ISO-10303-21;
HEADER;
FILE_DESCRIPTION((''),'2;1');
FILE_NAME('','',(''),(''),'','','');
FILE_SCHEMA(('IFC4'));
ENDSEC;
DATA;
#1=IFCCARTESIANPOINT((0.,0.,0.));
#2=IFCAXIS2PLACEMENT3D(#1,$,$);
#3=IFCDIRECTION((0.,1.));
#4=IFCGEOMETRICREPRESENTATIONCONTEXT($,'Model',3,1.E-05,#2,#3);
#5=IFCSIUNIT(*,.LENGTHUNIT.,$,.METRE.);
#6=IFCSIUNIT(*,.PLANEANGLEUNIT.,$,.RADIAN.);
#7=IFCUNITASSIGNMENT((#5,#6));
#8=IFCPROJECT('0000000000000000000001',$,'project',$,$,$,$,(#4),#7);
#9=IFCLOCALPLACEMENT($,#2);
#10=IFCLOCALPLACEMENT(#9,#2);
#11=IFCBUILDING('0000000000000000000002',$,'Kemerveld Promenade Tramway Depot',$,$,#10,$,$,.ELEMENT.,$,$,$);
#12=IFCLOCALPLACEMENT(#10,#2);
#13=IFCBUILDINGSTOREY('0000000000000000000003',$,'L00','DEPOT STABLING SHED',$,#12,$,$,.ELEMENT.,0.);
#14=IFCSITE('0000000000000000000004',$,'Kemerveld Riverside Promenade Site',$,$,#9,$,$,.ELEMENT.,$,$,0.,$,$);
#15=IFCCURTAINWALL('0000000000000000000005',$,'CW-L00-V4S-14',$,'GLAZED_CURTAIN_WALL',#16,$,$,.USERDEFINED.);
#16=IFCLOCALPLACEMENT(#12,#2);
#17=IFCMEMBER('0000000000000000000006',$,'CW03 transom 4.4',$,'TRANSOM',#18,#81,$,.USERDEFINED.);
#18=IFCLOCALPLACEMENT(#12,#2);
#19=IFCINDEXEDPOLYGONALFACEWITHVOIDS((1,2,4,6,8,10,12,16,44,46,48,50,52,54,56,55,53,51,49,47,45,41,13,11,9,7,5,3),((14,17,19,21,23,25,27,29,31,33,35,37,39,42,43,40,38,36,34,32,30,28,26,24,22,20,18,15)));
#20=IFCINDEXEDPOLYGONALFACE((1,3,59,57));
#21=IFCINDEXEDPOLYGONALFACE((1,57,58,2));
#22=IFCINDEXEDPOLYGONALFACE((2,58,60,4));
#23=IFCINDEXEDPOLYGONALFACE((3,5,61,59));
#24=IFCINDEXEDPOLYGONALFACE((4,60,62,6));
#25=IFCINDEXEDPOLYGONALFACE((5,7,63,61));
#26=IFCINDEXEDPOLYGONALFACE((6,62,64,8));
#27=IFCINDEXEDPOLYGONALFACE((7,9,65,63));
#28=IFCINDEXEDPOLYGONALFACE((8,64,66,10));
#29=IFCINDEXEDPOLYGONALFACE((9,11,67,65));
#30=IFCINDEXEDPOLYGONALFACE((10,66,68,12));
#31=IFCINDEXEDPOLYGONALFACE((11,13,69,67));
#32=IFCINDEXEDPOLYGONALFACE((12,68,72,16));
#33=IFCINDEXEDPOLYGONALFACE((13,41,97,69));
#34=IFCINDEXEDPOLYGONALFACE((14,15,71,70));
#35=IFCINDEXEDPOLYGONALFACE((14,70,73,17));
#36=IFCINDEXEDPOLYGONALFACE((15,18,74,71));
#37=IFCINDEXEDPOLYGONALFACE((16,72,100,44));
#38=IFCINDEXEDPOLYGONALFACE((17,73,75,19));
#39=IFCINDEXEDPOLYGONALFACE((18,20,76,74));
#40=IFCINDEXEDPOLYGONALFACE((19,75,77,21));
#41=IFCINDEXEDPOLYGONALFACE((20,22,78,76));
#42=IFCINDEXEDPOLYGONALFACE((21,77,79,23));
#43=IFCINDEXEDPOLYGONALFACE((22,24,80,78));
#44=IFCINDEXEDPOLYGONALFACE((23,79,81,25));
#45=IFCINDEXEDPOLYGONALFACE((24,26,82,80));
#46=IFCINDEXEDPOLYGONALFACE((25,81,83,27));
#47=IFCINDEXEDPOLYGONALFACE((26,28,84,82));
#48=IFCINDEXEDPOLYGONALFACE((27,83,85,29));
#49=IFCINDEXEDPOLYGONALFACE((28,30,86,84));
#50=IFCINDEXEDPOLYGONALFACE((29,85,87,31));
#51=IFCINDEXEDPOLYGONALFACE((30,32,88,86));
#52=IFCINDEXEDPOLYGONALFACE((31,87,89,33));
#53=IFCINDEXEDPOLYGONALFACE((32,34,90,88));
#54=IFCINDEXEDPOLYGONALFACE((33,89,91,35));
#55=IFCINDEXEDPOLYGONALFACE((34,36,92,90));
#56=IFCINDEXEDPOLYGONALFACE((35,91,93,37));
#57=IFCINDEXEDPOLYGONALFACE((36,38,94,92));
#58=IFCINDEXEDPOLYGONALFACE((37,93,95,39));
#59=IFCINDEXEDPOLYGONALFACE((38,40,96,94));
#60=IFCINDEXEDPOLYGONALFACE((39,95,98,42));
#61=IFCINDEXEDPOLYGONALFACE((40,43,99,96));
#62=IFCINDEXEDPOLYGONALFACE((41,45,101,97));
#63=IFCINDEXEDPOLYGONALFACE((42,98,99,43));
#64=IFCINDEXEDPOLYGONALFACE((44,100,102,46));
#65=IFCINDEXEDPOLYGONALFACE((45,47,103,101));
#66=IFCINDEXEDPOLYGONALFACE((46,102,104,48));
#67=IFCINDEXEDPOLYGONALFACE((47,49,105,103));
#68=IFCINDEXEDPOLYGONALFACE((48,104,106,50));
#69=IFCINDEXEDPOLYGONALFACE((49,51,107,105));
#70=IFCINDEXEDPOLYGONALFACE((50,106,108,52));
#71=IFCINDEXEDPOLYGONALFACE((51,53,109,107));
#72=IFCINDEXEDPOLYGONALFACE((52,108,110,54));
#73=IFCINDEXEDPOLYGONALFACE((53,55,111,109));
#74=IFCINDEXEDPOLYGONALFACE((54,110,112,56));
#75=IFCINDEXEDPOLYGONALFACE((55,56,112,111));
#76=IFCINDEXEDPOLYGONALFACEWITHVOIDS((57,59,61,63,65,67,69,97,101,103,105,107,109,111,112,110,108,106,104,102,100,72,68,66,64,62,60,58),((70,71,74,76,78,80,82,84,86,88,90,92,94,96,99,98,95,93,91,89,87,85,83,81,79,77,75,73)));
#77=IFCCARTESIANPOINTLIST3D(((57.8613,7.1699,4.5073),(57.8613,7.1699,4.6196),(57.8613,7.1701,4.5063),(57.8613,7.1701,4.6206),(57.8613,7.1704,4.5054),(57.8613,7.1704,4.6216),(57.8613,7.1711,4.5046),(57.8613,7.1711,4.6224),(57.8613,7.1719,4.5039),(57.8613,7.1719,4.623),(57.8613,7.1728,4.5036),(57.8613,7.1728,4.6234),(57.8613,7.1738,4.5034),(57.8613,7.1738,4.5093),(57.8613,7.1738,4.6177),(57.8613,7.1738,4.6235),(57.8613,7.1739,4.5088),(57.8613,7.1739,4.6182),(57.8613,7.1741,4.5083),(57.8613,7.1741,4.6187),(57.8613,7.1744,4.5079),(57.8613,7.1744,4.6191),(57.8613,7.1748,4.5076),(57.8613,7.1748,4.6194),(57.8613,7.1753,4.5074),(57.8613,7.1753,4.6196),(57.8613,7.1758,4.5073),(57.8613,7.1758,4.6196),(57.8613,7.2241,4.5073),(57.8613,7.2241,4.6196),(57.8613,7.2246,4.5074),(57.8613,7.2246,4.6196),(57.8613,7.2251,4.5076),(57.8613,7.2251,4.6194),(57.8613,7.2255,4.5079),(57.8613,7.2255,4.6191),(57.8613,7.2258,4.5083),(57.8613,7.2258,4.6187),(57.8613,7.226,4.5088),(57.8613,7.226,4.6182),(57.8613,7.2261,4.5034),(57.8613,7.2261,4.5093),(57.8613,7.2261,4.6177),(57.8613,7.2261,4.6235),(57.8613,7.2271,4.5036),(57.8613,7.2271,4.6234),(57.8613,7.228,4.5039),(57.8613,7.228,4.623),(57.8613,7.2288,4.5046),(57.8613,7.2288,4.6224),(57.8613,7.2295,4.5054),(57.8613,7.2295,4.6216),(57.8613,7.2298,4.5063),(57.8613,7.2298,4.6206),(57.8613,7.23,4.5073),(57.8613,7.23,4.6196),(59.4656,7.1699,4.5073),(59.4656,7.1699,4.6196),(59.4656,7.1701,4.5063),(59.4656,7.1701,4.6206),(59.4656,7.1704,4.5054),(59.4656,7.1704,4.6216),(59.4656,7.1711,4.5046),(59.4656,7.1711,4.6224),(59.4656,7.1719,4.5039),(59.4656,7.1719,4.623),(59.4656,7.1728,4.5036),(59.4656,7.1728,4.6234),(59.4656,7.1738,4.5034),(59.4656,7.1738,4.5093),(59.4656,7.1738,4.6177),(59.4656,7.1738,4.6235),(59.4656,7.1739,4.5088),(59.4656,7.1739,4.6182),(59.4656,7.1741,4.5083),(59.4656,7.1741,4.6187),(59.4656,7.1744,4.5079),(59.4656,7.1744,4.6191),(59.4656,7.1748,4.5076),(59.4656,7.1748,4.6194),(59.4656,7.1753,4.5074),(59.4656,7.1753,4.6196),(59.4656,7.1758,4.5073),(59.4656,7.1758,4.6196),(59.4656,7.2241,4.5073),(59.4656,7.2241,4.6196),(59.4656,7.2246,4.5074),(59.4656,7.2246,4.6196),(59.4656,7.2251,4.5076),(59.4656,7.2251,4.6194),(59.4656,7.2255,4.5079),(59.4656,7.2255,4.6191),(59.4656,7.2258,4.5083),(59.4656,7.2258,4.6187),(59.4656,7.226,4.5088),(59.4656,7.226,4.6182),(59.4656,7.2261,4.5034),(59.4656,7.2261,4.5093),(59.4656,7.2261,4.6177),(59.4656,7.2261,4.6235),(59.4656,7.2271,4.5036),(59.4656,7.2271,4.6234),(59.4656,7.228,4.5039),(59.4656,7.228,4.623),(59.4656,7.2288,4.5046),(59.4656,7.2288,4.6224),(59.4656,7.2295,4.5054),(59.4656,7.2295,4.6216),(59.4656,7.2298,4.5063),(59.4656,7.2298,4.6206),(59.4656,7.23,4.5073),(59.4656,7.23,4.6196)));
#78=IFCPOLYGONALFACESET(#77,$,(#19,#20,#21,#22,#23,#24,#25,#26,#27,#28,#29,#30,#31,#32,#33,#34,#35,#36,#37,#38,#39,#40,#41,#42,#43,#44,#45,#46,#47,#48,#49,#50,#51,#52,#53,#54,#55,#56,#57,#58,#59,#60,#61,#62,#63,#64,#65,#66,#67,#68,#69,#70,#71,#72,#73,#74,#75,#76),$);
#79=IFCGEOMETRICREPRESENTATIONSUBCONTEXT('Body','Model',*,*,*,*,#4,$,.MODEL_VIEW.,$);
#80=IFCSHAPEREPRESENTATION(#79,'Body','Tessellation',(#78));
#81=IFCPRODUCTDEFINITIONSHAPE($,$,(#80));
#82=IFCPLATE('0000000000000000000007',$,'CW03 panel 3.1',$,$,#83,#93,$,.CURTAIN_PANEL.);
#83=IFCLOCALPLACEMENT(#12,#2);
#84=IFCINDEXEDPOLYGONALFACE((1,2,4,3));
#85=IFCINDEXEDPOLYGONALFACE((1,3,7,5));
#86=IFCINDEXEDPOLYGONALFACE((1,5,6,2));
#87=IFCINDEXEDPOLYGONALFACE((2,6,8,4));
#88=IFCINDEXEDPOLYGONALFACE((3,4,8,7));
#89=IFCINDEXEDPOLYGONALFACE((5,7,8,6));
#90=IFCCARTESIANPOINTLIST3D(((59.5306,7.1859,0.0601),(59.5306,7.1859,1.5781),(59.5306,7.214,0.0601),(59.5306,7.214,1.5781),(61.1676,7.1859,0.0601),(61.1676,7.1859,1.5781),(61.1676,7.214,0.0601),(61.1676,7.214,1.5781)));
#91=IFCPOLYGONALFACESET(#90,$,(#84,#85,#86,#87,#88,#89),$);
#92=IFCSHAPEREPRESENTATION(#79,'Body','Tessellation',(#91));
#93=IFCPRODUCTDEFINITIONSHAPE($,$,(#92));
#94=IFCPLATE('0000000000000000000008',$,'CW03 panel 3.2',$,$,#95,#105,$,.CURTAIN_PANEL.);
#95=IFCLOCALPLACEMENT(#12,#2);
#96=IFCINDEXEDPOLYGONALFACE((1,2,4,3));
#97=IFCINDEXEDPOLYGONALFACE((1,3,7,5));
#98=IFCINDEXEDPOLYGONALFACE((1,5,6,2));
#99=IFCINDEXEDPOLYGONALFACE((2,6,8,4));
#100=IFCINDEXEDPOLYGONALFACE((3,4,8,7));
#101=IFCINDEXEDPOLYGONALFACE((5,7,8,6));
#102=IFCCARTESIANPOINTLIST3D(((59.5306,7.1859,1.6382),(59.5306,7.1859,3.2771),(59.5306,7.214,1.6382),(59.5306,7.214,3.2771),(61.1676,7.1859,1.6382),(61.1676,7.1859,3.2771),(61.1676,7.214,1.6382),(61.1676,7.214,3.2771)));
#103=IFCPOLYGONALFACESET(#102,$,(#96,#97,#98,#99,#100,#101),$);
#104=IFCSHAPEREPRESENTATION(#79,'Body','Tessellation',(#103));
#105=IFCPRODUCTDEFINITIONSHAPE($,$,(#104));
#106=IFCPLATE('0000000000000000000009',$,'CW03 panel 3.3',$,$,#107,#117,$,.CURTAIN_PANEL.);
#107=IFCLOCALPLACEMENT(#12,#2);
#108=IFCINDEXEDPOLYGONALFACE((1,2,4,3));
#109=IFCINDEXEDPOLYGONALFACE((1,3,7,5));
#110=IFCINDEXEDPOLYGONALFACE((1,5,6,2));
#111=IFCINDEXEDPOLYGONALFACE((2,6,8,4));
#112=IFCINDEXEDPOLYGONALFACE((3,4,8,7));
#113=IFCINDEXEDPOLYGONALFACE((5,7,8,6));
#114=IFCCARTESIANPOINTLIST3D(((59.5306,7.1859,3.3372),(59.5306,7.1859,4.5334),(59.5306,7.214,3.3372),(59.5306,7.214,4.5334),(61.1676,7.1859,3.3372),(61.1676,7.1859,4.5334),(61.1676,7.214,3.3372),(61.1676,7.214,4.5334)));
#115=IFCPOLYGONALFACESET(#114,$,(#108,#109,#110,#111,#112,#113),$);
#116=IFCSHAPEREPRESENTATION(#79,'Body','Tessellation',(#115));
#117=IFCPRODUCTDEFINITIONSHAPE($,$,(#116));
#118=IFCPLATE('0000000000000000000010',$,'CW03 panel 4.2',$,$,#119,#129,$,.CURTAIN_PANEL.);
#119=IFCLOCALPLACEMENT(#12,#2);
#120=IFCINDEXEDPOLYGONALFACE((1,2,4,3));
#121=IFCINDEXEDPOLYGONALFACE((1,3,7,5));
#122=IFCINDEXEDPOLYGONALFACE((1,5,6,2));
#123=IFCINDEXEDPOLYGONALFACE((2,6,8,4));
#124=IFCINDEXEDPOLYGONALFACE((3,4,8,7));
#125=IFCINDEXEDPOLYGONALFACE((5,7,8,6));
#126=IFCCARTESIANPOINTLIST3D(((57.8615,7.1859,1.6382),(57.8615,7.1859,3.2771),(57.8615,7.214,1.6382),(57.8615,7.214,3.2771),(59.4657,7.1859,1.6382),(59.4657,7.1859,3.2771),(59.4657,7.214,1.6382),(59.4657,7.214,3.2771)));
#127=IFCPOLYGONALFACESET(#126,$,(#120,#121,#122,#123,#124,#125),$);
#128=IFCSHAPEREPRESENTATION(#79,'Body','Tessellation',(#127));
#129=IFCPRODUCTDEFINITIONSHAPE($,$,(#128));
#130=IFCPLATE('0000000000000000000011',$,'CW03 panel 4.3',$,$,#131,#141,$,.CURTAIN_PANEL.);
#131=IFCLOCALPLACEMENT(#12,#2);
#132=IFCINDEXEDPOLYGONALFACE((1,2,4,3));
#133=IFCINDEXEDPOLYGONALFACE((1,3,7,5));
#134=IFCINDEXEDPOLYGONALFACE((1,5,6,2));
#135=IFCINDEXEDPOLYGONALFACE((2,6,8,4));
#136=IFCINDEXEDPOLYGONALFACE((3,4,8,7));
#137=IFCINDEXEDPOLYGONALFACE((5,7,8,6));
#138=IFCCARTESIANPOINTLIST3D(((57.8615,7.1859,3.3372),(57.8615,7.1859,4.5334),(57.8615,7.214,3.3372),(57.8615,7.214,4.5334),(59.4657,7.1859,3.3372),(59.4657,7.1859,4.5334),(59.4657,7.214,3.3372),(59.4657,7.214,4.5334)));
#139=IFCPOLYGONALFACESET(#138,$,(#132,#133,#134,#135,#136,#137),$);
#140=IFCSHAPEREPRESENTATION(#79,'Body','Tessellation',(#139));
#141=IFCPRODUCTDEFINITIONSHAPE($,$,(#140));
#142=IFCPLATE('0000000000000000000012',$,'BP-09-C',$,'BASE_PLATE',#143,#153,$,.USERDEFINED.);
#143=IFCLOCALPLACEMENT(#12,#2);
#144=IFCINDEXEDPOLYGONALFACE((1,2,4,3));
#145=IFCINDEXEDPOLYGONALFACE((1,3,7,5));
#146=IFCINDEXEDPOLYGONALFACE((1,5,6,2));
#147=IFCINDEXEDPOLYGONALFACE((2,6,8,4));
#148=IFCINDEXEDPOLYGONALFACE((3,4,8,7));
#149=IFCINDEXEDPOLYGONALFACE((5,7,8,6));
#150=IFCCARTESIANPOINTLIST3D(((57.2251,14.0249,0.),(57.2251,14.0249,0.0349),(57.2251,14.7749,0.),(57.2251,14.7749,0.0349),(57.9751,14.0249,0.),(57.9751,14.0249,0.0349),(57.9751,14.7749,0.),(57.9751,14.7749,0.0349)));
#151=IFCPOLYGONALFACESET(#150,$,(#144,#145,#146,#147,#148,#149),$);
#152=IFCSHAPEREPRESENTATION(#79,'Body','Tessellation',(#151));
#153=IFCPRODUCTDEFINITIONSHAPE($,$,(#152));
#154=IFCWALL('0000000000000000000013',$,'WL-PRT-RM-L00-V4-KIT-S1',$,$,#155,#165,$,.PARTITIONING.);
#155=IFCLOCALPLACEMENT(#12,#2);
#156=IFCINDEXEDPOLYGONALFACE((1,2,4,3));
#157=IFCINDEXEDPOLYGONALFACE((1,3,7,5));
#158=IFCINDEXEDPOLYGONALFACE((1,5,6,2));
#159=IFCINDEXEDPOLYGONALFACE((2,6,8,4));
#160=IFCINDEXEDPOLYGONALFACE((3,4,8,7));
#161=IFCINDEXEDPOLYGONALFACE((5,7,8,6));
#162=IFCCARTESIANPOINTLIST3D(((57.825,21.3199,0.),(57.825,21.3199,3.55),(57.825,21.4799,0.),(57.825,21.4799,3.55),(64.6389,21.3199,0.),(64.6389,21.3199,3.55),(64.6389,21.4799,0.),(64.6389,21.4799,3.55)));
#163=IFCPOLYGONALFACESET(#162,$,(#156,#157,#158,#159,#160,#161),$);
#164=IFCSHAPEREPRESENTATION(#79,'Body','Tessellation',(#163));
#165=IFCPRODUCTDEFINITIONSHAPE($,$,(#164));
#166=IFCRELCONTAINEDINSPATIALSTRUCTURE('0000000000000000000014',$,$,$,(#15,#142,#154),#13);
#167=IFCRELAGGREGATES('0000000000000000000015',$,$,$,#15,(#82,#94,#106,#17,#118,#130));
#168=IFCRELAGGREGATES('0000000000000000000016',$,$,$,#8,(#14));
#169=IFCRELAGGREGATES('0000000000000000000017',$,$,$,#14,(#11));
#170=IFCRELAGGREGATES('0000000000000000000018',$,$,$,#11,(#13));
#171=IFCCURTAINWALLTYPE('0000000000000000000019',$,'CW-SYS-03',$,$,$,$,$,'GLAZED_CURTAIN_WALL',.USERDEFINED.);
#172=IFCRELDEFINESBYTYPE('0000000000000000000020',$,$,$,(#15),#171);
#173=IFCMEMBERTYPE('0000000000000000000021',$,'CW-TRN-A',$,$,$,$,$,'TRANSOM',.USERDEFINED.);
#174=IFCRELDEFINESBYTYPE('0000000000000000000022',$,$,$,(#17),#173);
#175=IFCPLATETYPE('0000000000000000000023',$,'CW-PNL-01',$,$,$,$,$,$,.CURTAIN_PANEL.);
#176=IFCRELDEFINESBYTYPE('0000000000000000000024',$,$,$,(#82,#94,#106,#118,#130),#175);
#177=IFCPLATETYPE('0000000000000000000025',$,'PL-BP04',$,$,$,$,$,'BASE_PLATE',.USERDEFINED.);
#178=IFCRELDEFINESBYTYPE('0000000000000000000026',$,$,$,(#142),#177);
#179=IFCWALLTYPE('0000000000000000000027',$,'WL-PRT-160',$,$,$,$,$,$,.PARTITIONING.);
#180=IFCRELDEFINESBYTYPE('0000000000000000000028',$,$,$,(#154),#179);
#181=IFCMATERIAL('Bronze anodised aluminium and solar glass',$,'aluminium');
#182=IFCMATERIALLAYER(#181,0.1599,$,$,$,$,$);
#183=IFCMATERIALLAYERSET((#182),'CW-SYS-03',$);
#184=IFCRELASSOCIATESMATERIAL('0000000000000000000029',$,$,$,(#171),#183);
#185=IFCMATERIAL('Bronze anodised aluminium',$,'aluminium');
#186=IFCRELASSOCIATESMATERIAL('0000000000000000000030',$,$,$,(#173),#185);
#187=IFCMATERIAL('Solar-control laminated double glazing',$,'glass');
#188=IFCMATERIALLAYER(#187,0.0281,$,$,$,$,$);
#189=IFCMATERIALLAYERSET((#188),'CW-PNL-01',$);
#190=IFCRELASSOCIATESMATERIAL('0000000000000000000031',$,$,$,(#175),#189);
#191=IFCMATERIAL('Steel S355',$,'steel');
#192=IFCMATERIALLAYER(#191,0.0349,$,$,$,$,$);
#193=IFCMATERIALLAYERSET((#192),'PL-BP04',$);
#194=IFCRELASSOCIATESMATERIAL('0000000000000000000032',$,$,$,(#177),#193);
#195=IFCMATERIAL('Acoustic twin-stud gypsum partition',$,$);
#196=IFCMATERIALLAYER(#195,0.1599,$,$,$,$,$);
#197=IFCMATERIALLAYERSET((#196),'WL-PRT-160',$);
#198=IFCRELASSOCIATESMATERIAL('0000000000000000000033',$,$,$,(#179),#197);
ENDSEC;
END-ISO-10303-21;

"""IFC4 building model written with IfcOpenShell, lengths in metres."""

from ifc_helpers import new_model, si_unit, direction, frame, frame_2d, origin, origin_2d, place, context, subcontext, project, spatial, rectangle, hollow_rectangle, extrude, material, layer, layer_set, material_profile, profile_set, type_object, element, aggregate, save


model = new_model("IFC4")

# Units and contexts
model_context = context("Model", 3, precision=1e-05, world=origin(), true_north=direction((0.0, 1.0)))
body_context = subcontext(model_context, "Body", "Model", "MODEL_VIEW")
ifc_project = project(units=[si_unit("LENGTHUNIT", "METRE"), si_unit("PLANEANGLEUNIT", "RADIAN")], contexts=[model_context])

# Site, building, storey
site_placement = place(None, origin())
site = spatial("IfcSite", under=ifc_project, at=site_placement, Name="Kemerveld Riverside Promenade Site", CompositionType="ELEMENT", RefElevation=0.0)
building_placement = place(site_placement, origin())
building = spatial("IfcBuilding", under=site, at=building_placement, Name="Kemerveld Promenade Tramway Depot", CompositionType="ELEMENT")
storey_placement = place(building_placement, origin())
storey = spatial("IfcBuildingStorey", under=building, at=storey_placement, Name="L00", Description="DEPOT STABLING SHED", CompositionType="ELEMENT", Elevation=0.0)

# Shared definitions
ifc_material_1 = material(Name="Steel S355", Category="steel")

# Curtain wall, member, plates
ifc_material_2 = material(Name="Bronze anodised aluminium and solar glass", Category="aluminium")
ifc_layer_1 = layer(ifc_material_2, 0.1599)
ifc_layer_set_1 = layer_set([ifc_layer_1], Name="CW-SYS-03")
curtain_wall_type = type_object("IfcCurtainWallType", Name="CW-SYS-03", ElementType="GLAZED_CURTAIN_WALL", PredefinedType="USERDEFINED", material=ifc_layer_set_1)
curtain_wall_placement = place(storey_placement, origin())
curtain_wall = element("IfcCurtainWall", 1, at=curtain_wall_placement, inside=storey, type_object=curtain_wall_type, Name="CW-L00-V4S-14", ObjectType="GLAZED_CURTAIN_WALL", PredefinedType="USERDEFINED")
ifc_material_3 = material(Name="Bronze anodised aluminium", Category="aluminium")
ifc_material_profile_1 = material_profile(ifc_material_3, hollow_rectangle(XDim=0.0601, YDim=0.1201, WallThickness=0.0039, InnerFilletRadius=0.002, OuterFilletRadius=0.0039, at=origin_2d()), Name="CW-TRN-120x60")
ifc_profile_set_1 = profile_set([ifc_material_profile_1], Name="Bronze anodised aluminium")
member_type_1 = type_object("IfcMemberType", Name="CW-TRN-A", ElementType="TRANSOM", PredefinedType="USERDEFINED", material=ifc_profile_set_1)
member_1_placement = place(storey_placement, frame((59.4656, 7.2, 4.5635), z_axis=(-1.0, 0.0, 0.0), x_axis=(0.0, -1.0, 0.0)))
member_1 = element("IfcMember", 2, at=member_1_placement, type_object=member_type_1, Name="CW03 transom 4.4", ObjectType="TRANSOM", PredefinedType="USERDEFINED", context=body_context, shape_type="SweptSolid", body=[
    extrude(hollow_rectangle(XDim=0.0601, YDim=0.1201, WallThickness=0.0039, InnerFilletRadius=0.002, OuterFilletRadius=0.0039, at=origin_2d()), origin(), (0.0, 0.0, 1.0), 1.6042),
])
ifc_material_4 = material(Name="Solar-control laminated double glazing", Category="glass")
ifc_layer_2 = layer(ifc_material_4, 0.0281)
ifc_layer_set_2 = layer_set([ifc_layer_2], Name="CW-PNL-01")
plate_type_1 = type_object("IfcPlateType", Name="CW-PNL-01", PredefinedType="CURTAIN_PANEL", material=ifc_layer_set_2)
plate_1_placement = place(storey_placement, frame((60.3491, 7.2, 0.0601), z_axis=(0.0, 0.0, 1.0), x_axis=(-1.0, 0.0, 0.0)))
plate_1 = element("IfcPlate", 3, at=plate_1_placement, type_object=plate_type_1, Name="CW03 panel 3.1", PredefinedType="CURTAIN_PANEL", context=body_context, shape_type="SweptSolid", body=[
    extrude(rectangle(XDim=1.637, YDim=0.0281, at=origin_2d()), origin(), (0.0, 0.0, 1.0), 1.5181),
])
plate_2_placement = place(storey_placement, frame((60.3491, 7.2, 1.6382), z_axis=(0.0, 0.0, 1.0), x_axis=(-1.0, 0.0, 0.0)))
plate_2 = element("IfcPlate", 4, at=plate_2_placement, type_object=plate_type_1, Name="CW03 panel 3.2", PredefinedType="CURTAIN_PANEL", context=body_context, shape_type="SweptSolid", body=[
    extrude(rectangle(XDim=1.637, YDim=0.0281, at=origin_2d()), origin(), (0.0, 0.0, 1.0), 1.6389),
])
plate_3_placement = place(storey_placement, frame((60.3491, 7.2, 3.3372), z_axis=(0.0, 0.0, 1.0), x_axis=(-1.0, 0.0, 0.0)))
plate_3 = element("IfcPlate", 5, at=plate_3_placement, type_object=plate_type_1, Name="CW03 panel 3.3", PredefinedType="CURTAIN_PANEL", context=body_context, shape_type="SweptSolid", body=[
    extrude(rectangle(XDim=1.637, YDim=0.0281, at=origin_2d()), origin(), (0.0, 0.0, 1.0), 1.1963),
])
plate_4_placement = place(storey_placement, frame((58.6636, 7.2, 1.6382), z_axis=(0.0, 0.0, 1.0), x_axis=(-1.0, 0.0, 0.0)))
plate_4 = element("IfcPlate", 6, at=plate_4_placement, type_object=plate_type_1, Name="CW03 panel 4.2", PredefinedType="CURTAIN_PANEL", context=body_context, shape_type="SweptSolid", body=[
    extrude(rectangle(XDim=1.6042, YDim=0.0281, at=origin_2d()), origin(), (0.0, 0.0, 1.0), 1.6389),
])
plate_5_placement = place(storey_placement, frame((58.6636, 7.2, 3.3372), z_axis=(0.0, 0.0, 1.0), x_axis=(-1.0, 0.0, 0.0)))
plate_5 = element("IfcPlate", 7, at=plate_5_placement, type_object=plate_type_1, Name="CW03 panel 4.3", PredefinedType="CURTAIN_PANEL", context=body_context, shape_type="SweptSolid", body=[
    extrude(rectangle(XDim=1.6042, YDim=0.0281, at=origin_2d()), origin(), (0.0, 0.0, 1.0), 1.1963),
])
aggregate(curtain_wall, [plate_1, plate_2, plate_3, member_1, plate_4, plate_5])

# Plate
ifc_layer_3 = layer(ifc_material_1, 0.0349)
ifc_layer_set_3 = layer_set([ifc_layer_3], Name="PL-BP04")
plate_type_2 = type_object("IfcPlateType", Name="PL-BP04", ElementType="BASE_PLATE", PredefinedType="USERDEFINED", material=ifc_layer_set_3)
plate_6_placement = place(storey_placement, frame((57.6001, 14.3999, 0.0), z_axis=(0.0, 0.0, 1.0), x_axis=(1.0, 0.0, 0.0)))
element("IfcPlate", 8, at=plate_6_placement, inside=storey, type_object=plate_type_2, Name="BP-09-C", ObjectType="BASE_PLATE", PredefinedType="USERDEFINED", context=body_context, shape_type="SweptSolid", body=[
    extrude(rectangle(XDim=0.75, YDim=0.75, at=origin_2d()), origin(), (0.0, 0.0, 1.0), 0.0349),
])

# Wall
ifc_material_5 = material(Name="Acoustic twin-stud gypsum partition")
ifc_layer_4 = layer(ifc_material_5, 0.1599)
ifc_layer_set_4 = layer_set([ifc_layer_4], Name="WL-PRT-160")
wall_type_1 = type_object("IfcWallType", Name="WL-PRT-160", PredefinedType="PARTITIONING", material=ifc_layer_set_4)
wall_1_placement = place(storey_placement, frame((57.825, 21.3999, 0.0), z_axis=(0.0, 0.0, 1.0), x_axis=(1.0, 0.0, 0.0)))
element("IfcWall", 9, at=wall_1_placement, inside=storey, type_object=wall_type_1, Name="WL-PRT-RM-L00-V4-KIT-S1", PredefinedType="PARTITIONING", context=body_context, shape_type="SweptSolid", body=[
    extrude(rectangle(XDim=6.814, YDim=0.1599, at=frame_2d((3.407, 0.0))), origin(), (0.0, 0.0, 1.0), 3.55),
])

save(model, "model.ifc")
